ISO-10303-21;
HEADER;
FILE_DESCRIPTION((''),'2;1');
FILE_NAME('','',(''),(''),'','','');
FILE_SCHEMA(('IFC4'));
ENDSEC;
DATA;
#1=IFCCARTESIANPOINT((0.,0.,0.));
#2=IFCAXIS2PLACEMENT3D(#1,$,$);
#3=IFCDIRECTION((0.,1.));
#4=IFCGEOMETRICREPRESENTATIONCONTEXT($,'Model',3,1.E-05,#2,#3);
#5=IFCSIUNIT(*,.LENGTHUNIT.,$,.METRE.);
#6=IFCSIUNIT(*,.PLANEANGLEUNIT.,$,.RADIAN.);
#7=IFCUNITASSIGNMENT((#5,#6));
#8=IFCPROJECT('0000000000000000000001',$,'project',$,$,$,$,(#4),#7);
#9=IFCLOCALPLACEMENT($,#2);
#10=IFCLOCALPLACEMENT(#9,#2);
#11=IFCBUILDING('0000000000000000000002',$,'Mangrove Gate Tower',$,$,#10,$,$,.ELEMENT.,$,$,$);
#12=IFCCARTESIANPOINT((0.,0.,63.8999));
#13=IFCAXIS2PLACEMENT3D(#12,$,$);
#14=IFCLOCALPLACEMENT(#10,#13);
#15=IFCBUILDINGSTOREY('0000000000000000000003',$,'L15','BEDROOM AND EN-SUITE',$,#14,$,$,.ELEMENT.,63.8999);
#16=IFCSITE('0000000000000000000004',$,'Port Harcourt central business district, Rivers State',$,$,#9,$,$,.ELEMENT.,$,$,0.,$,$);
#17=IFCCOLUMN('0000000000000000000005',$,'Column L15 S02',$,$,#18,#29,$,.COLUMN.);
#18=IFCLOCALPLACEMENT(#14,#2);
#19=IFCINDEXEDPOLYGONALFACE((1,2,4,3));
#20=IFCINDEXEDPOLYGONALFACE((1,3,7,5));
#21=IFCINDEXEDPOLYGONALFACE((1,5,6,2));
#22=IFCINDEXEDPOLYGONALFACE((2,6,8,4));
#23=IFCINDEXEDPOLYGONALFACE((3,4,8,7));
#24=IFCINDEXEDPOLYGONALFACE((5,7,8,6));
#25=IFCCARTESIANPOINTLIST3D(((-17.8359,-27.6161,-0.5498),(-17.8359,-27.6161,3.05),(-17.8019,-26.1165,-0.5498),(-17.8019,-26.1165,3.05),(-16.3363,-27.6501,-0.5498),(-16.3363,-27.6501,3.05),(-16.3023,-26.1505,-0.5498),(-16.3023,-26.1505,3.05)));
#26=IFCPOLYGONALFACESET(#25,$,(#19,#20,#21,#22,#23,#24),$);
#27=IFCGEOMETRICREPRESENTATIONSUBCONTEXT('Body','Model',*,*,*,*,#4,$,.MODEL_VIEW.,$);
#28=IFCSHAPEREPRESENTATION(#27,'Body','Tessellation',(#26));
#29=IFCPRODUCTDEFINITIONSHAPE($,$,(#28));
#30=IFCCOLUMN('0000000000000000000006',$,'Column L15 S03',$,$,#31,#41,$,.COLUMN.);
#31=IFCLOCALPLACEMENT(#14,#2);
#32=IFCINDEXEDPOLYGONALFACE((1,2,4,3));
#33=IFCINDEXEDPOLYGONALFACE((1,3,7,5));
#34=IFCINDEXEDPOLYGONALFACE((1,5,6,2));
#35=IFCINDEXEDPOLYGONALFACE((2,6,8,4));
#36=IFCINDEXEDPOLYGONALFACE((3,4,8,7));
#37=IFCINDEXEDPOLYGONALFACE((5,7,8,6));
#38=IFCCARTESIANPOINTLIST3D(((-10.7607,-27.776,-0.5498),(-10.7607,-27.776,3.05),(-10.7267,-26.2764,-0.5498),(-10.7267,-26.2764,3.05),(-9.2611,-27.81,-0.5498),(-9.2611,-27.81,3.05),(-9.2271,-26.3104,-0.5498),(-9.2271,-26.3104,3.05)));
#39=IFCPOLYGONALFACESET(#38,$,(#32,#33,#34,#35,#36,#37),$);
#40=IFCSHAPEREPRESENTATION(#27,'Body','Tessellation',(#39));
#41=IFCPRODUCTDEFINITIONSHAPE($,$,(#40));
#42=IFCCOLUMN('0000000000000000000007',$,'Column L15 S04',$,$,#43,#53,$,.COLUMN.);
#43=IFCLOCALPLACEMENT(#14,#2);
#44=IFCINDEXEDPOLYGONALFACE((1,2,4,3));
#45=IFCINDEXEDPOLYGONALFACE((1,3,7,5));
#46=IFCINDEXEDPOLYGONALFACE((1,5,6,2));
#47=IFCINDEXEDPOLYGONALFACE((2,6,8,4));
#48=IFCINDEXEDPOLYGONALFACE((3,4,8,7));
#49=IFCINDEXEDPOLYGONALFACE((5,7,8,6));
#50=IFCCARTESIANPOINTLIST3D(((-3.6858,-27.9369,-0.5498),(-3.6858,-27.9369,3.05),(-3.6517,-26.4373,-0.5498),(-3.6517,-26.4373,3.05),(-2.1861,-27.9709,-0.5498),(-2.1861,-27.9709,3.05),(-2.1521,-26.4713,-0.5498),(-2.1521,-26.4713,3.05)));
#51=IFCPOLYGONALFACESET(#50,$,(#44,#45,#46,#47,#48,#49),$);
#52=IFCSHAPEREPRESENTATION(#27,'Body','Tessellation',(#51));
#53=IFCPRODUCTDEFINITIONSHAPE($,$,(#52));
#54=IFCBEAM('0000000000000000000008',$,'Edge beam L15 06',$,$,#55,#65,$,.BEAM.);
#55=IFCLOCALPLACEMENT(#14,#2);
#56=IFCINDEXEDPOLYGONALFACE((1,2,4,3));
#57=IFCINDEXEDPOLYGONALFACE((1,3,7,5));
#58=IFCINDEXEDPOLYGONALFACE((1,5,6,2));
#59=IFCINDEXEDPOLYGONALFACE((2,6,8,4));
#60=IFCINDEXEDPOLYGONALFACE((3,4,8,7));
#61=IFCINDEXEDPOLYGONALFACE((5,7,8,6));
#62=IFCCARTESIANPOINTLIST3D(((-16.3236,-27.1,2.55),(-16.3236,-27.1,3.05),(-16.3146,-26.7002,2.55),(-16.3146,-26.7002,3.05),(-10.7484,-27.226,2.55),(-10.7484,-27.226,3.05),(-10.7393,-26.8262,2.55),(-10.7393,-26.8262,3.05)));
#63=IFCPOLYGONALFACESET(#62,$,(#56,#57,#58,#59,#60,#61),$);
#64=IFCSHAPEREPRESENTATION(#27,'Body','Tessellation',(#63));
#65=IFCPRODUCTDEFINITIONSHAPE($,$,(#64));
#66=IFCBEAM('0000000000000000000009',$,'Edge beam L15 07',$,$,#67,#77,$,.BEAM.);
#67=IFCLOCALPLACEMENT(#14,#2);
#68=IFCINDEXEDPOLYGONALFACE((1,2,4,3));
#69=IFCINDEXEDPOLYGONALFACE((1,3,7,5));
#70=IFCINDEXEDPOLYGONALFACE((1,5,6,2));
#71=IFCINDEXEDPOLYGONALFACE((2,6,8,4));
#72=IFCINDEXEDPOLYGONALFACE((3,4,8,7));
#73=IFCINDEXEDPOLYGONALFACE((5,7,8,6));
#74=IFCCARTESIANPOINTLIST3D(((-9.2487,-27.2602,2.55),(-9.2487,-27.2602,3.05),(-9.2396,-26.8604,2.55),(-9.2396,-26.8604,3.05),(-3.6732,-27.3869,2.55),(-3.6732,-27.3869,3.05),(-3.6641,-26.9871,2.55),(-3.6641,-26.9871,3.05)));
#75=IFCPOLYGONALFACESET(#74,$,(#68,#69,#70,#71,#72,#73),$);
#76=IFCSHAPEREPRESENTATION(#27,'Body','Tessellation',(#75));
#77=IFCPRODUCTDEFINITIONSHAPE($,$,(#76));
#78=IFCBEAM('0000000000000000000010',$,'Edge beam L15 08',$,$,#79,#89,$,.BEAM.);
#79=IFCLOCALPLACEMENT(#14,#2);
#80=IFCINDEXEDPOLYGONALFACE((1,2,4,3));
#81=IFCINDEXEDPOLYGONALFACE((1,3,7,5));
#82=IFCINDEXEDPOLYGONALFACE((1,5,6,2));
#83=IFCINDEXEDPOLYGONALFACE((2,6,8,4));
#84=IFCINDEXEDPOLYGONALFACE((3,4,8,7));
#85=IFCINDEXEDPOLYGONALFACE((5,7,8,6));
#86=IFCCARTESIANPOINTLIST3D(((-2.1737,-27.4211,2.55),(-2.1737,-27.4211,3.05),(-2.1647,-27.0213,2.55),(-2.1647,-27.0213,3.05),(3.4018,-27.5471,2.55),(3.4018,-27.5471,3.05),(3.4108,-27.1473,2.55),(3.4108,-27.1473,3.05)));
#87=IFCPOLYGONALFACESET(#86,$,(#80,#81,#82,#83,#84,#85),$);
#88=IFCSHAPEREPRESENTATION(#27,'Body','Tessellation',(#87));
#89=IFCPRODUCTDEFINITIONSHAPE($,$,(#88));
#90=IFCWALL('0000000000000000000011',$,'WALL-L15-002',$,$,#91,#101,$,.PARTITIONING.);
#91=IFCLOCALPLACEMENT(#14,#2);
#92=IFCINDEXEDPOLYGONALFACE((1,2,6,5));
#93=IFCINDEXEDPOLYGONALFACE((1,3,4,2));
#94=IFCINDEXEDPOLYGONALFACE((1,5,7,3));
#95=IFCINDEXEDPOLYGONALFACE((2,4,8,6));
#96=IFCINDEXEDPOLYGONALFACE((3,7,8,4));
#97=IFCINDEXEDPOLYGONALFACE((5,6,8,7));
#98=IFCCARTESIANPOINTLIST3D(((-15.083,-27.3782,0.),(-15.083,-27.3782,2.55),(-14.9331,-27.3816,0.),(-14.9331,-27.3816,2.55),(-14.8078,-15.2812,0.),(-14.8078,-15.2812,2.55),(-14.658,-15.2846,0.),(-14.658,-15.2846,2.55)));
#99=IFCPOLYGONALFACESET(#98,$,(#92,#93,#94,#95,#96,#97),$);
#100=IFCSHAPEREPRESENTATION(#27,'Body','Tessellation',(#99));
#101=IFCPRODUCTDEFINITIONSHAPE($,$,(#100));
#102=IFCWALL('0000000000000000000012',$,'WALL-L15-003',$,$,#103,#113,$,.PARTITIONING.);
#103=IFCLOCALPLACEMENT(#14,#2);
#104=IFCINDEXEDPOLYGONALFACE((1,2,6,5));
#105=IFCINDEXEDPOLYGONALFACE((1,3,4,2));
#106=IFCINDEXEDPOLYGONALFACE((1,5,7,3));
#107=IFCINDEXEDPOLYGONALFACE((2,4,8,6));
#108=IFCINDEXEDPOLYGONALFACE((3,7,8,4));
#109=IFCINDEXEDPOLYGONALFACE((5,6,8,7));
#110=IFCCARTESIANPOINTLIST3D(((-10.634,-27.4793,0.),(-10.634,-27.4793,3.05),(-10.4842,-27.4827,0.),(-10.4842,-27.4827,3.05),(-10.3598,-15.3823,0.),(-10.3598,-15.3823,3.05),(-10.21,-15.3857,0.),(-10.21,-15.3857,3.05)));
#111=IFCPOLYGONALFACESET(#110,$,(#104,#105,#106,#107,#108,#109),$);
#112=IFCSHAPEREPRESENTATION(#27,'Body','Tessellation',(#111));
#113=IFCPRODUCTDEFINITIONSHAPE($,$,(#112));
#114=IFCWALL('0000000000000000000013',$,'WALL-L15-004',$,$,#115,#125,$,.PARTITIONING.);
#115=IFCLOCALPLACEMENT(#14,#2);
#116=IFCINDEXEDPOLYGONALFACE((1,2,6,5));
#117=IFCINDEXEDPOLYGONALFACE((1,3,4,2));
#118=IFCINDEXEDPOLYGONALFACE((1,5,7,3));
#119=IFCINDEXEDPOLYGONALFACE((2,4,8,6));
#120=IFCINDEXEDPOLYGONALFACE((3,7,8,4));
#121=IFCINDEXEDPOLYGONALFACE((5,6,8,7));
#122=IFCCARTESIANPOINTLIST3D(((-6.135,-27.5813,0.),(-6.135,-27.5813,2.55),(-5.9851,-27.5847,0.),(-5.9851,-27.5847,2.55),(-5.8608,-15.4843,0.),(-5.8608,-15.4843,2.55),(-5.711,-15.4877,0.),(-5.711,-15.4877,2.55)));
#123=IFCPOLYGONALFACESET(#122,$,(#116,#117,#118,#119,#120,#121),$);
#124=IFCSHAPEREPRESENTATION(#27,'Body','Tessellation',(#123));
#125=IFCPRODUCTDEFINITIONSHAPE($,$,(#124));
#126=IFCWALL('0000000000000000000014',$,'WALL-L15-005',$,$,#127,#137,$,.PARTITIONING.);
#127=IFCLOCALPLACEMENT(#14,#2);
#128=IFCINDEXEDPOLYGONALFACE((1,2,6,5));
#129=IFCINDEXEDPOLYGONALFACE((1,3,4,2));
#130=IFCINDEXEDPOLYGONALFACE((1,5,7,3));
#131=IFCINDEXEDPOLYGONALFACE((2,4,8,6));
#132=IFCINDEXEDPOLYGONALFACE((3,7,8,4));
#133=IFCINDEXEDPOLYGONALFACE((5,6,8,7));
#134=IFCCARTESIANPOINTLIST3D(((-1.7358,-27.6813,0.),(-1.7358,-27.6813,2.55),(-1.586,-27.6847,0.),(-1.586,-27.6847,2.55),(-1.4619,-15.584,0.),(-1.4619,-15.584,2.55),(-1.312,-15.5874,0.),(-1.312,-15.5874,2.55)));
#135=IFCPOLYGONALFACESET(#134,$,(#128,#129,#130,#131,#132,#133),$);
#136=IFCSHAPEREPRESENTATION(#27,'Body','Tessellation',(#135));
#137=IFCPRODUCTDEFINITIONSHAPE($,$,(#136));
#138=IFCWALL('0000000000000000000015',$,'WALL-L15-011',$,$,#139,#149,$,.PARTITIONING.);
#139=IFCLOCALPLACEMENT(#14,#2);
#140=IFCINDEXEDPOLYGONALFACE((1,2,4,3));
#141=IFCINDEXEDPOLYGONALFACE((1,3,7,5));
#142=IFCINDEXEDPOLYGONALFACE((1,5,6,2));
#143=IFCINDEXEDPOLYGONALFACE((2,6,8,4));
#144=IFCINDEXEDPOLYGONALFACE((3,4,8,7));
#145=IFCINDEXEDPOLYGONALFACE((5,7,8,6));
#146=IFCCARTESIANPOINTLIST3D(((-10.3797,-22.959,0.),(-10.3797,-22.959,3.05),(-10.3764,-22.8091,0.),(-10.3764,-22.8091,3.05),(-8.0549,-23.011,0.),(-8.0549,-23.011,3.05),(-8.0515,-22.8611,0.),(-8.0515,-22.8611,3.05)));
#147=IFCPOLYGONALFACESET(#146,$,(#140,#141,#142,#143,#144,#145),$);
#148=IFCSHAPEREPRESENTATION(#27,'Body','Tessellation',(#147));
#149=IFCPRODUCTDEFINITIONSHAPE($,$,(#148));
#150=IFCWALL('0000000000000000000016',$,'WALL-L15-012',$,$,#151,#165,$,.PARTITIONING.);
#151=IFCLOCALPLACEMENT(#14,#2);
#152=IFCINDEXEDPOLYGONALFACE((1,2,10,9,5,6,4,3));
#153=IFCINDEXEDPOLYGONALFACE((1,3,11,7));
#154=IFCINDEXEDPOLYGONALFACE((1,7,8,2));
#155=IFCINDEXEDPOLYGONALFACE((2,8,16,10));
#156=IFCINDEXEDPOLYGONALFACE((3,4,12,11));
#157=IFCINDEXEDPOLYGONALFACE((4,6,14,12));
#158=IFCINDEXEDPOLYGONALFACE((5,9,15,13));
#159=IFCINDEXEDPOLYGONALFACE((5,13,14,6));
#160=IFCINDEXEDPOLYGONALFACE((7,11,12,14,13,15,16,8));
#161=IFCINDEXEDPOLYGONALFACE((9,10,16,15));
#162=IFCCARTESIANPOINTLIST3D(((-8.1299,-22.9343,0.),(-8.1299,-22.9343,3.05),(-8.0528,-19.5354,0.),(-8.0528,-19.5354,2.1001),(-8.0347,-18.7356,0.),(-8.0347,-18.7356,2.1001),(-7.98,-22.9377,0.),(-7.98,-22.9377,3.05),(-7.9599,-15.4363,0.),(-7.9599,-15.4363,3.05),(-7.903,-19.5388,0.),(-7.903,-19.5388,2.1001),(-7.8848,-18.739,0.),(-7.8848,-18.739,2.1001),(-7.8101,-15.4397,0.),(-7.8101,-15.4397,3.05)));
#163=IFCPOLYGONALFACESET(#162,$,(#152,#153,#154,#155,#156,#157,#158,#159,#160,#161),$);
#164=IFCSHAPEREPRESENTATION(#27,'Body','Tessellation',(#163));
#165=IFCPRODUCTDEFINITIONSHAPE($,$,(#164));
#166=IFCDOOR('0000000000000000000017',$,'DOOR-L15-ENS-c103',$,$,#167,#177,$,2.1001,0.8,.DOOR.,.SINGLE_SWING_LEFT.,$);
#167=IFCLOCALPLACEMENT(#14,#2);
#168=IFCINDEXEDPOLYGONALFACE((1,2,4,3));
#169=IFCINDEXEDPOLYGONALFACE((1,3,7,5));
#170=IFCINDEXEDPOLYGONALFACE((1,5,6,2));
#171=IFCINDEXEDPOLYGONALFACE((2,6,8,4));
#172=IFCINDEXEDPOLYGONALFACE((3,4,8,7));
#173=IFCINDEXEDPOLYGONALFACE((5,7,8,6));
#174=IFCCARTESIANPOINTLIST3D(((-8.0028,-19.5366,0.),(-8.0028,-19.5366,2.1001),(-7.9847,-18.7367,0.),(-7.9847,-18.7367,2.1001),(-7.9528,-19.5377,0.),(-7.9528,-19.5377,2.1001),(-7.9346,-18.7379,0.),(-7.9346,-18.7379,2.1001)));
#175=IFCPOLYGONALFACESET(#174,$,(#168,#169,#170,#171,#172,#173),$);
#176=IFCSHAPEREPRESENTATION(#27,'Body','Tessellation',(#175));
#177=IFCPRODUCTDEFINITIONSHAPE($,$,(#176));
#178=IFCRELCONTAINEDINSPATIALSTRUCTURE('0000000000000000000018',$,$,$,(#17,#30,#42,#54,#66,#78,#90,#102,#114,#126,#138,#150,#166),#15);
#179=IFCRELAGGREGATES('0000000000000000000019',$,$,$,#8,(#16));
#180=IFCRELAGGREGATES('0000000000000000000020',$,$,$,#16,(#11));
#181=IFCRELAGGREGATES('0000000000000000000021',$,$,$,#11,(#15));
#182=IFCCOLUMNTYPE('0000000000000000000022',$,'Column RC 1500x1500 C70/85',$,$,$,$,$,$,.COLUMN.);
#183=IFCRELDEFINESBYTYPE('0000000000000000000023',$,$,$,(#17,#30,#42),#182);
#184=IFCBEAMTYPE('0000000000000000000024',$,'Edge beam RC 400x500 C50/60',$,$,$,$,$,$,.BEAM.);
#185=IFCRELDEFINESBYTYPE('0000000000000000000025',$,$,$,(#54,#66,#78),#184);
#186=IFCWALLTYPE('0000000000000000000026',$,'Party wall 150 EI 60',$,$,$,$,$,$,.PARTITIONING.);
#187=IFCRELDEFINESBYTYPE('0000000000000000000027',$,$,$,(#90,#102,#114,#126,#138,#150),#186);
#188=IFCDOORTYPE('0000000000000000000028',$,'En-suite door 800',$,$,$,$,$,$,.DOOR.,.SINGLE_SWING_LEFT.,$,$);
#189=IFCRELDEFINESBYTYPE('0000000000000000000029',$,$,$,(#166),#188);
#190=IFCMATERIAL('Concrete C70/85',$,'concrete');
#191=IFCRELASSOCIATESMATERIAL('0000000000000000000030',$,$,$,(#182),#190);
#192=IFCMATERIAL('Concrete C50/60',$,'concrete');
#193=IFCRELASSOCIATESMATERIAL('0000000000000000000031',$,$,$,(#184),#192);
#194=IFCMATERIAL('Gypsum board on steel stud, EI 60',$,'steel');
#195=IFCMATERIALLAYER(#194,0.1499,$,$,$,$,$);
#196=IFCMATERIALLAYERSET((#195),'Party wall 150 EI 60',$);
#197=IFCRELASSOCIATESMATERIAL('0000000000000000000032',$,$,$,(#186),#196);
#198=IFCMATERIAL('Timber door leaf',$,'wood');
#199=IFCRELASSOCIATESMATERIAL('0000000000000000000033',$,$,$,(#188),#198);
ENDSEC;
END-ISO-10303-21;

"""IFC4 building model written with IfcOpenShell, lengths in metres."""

from ifc_helpers import new_model, si_unit, direction, frame, frame_2d, origin, origin_2d, place, context, subcontext, project, spatial, rectangle, extrude, material, layer, layer_set, material_profile, profile_set, type_object, element, fill, save


model = new_model("IFC4")

# Units and contexts
model_context = context("Model", 3, precision=1e-05, world=origin(), true_north=direction((0.0, 1.0)))
body_context = subcontext(model_context, "Body", "Model", "MODEL_VIEW")
ifc_project = project(units=[si_unit("LENGTHUNIT", "METRE"), si_unit("PLANEANGLEUNIT", "RADIAN")], contexts=[model_context])

# Site, building, storey
site_placement = place(None, origin())
site = spatial("IfcSite", under=ifc_project, at=site_placement, Name="Port Harcourt central business district, Rivers State", CompositionType="ELEMENT", RefElevation=0.0)
building_placement = place(site_placement, origin())
building = spatial("IfcBuilding", under=site, at=building_placement, Name="Mangrove Gate Tower", CompositionType="ELEMENT")
storey_placement = place(building_placement, frame((0.0, 0.0, 63.8999)))
storey = spatial("IfcBuildingStorey", under=building, at=storey_placement, Name="L15", Description="BEDROOM AND EN-SUITE", CompositionType="ELEMENT", Elevation=63.8999)

# Columns
ifc_material_1 = material(Name="Concrete C70/85", Category="concrete")
ifc_material_profile_1 = material_profile(ifc_material_1, rectangle(XDim=1.5, YDim=1.5, at=origin_2d()))
ifc_profile_set_1 = profile_set([ifc_material_profile_1], Name="Concrete C70/85")
column_type = type_object("IfcColumnType", Name="Column RC 1500x1500 C70/85", PredefinedType="COLUMN", material=ifc_profile_set_1)
for number, where, z_axis, x_axis, name in (
    (1, (-17.0691, -26.8833, -0.5498), (0.0, 0.0, 1.0), (0.999743, -0.022681, 0.0), "Column L15 S02"),
    (2, (-9.9939, -27.0432, -0.5498), (0.0, 0.0, 1.0), (0.999743, -0.02268, 0.0), "Column L15 S03"),
    (3, (-2.9189, -27.2041, -0.5498), (0.0, 0.0, 1.0), (0.999743, -0.02268, 0.0), "Column L15 S04"),
):
    element("IfcColumn", number, at=place(storey_placement, frame(where, z_axis=z_axis, x_axis=x_axis)), inside=storey, type_object=column_type, Name=name, PredefinedType="COLUMN", context=body_context, shape_type="SweptSolid", body=[
        extrude(rectangle(XDim=1.5, YDim=1.5, at=origin_2d()), origin(), (0.0, 0.0, 1.0), 3.5999),
    ])

# Beams
ifc_material_2 = material(Name="Concrete C50/60", Category="concrete")
ifc_material_profile_2 = material_profile(ifc_material_2, rectangle(XDim=0.3999, YDim=0.5, at=origin_2d()))
ifc_profile_set_2 = profile_set([ifc_material_profile_2], Name="Concrete C50/60")
beam_type = type_object("IfcBeamType", Name="Edge beam RC 400x500 C50/60", PredefinedType="BEAM", material=ifc_profile_set_2)
beam_placement = place(storey_placement, frame((-16.3191, -26.9001, 2.8), z_axis=(0.999745, -0.02259, 0.0), x_axis=(0.02259, 0.999745, 0.0)))
element("IfcBeam", 4, at=beam_placement, inside=storey, type_object=beam_type, Name="Edge beam L15 06", PredefinedType="BEAM", context=body_context, shape_type="SweptSolid", body=[
    extrude(rectangle(XDim=0.3999, YDim=0.5, at=origin_2d()), origin(), (0.0, 0.0, 1.0), 5.5767),
])
for number, where, z_axis, x_axis, name in (
    (5, (-9.2441, -27.0603, 2.8), (0.999742, -0.02272, 0.0), (0.02272, 0.999742, 0.0), "Edge beam L15 07"),
    (6, (-2.1692, -27.2212, 2.8), (0.999745, -0.022589, 0.0), (0.022589, 0.999745, 0.0), "Edge beam L15 08"),
):
    element("IfcBeam", number, at=place(storey_placement, frame(where, z_axis=z_axis, x_axis=x_axis)), inside=storey, type_object=beam_type, Name=name, PredefinedType="BEAM", context=body_context, shape_type="SweptSolid", body=[
        extrude(rectangle(XDim=0.3999, YDim=0.5, at=origin_2d()), origin(), (0.0, 0.0, 1.0), 5.5769),
    ])

# Walls
ifc_material_3 = material(Name="Gypsum board on steel stud, EI 60", Category="steel")
ifc_layer = layer(ifc_material_3, 0.1499)
ifc_layer_set = layer_set([ifc_layer], Name="Party wall 150 EI 60")
wall_type = type_object("IfcWallType", Name="Party wall 150 EI 60", PredefinedType="PARTITIONING", material=ifc_layer_set)
wall_1_placement = place(storey_placement, frame((-15.0081, -27.3799, 0.0), z_axis=(0.0, 0.0, 1.0), x_axis=(0.022739, 0.999741, 0.0)))
element("IfcWall", 7, at=wall_1_placement, inside=storey, type_object=wall_type, Name="WALL-L15-002", PredefinedType="PARTITIONING", context=body_context, shape_type="SweptSolid", body=[
    extrude(rectangle(XDim=12.1001, YDim=0.1499, at=frame_2d((6.05, 0.0))), origin(), (0.0, 0.0, 1.0), 2.55),
])
wall_2_placement = place(storey_placement, frame((-10.5591, -27.481, 0.0), z_axis=(0.0, 0.0, 1.0), x_axis=(0.022659, 0.999743, 0.0)))
element("IfcWall", 8, at=wall_2_placement, inside=storey, type_object=wall_type, Name="WALL-L15-003", PredefinedType="PARTITIONING", context=body_context, shape_type="SweptSolid", body=[
    extrude(rectangle(XDim=12.1001, YDim=0.1499, at=frame_2d((6.05, 0.0))), origin(), (0.0, 0.0, 1.0), 3.05),
])
wall_3_placement = place(storey_placement, frame((-6.0601, -27.583, 0.0), z_axis=(0.0, 0.0, 1.0), x_axis=(0.022659, 0.999743, 0.0)))
element("IfcWall", 9, at=wall_3_placement, inside=storey, type_object=wall_type, Name="WALL-L15-004", PredefinedType="PARTITIONING", context=body_context, shape_type="SweptSolid", body=[
    extrude(rectangle(XDim=12.1001, YDim=0.1499, at=frame_2d((6.05, 0.0))), origin(), (0.0, 0.0, 1.0), 2.55),
])
wall_4_placement = place(storey_placement, frame((-1.6609, -27.6831, 0.0), z_axis=(0.0, 0.0, 1.0), x_axis=(0.022638, 0.999744, 0.0)))
element("IfcWall", 10, at=wall_4_placement, inside=storey, type_object=wall_type, Name="WALL-L15-005", PredefinedType="PARTITIONING", context=body_context, shape_type="SweptSolid", body=[
    extrude(rectangle(XDim=12.1003, YDim=0.1499, at=frame_2d((6.0503, 0.0))), origin(), (0.0, 0.0, 1.0), 2.55),
])
wall_5_placement = place(storey_placement, frame((-10.3779, -22.884, 0.0), z_axis=(0.0, 0.0, 1.0), x_axis=(0.99975, -0.022361, 0.0)))
element("IfcWall", 11, at=wall_5_placement, inside=storey, type_object=wall_type, Name="WALL-L15-011", PredefinedType="PARTITIONING", context=body_context, shape_type="SweptSolid", body=[
    extrude(rectangle(XDim=2.3254, YDim=0.1499, at=frame_2d((1.1626, 0.0))), origin(), (0.0, 0.0, 1.0), 3.05),
])

# Wall, opening, door
wall_6_placement = place(storey_placement, frame((-8.0549, -22.936, 0.0), z_axis=(0.0, 0.0, 1.0), x_axis=(0.022656, 0.999743, 0.0)))
wall_6 = element("IfcWall", 12, at=wall_6_placement, inside=storey, type_object=wall_type, Name="WALL-L15-012", PredefinedType="PARTITIONING", context=body_context, shape_type="SweptSolid", body=[
    extrude(rectangle(XDim=7.5, YDim=0.1499, at=frame_2d((3.75, 0.0))), origin(), (0.0, 0.0, 1.0), 3.05),
])
opening_1_placement = place(wall_6_placement, frame((3.3999, 0.0, 0.0)))
opening_1 = element("IfcOpeningElement", 13, at=opening_1_placement, cuts=wall_6, PredefinedType="OPENING", context=body_context, shape_type="SweptSolid", body=[
    extrude(rectangle(XDim=0.8, YDim=2.1001, at=frame_2d((0.3999, 1.05))), frame((0.0, 0.085, 0.0), z_axis=(0.0, -1.0, 0.0), x_axis=(1.0, 0.0, 0.0)), (0.0, 0.0, 1.0), 0.1699),
])
ifc_material_4 = material(Name="Timber door leaf", Category="wood")
door_type = type_object("IfcDoorType", Name="En-suite door 800", OperationType="SINGLE_SWING_LEFT", PredefinedType="DOOR", material=ifc_material_4)
door_1_placement = place(opening_1_placement, origin())
door_1 = element("IfcDoor", 14, at=door_1_placement, inside=storey, type_object=door_type, Name="DOOR-L15-ENS-c103", OperationType="SINGLE_SWING_LEFT", OverallHeight=2.1001, OverallWidth=0.8, PredefinedType="DOOR", context=body_context, shape_type="SweptSolid", body=[
    extrude(rectangle(XDim=0.8, YDim=2.1001, at=frame_2d((0.3999, 1.05))), frame((0.0, 0.0249, 0.0), z_axis=(0.0, -1.0, 0.0), x_axis=(1.0, 0.0, 0.0)), (0.0, 0.0, 1.0), 0.05),
])
fill(opening_1, door_1)

save(model, "model.ifc")
